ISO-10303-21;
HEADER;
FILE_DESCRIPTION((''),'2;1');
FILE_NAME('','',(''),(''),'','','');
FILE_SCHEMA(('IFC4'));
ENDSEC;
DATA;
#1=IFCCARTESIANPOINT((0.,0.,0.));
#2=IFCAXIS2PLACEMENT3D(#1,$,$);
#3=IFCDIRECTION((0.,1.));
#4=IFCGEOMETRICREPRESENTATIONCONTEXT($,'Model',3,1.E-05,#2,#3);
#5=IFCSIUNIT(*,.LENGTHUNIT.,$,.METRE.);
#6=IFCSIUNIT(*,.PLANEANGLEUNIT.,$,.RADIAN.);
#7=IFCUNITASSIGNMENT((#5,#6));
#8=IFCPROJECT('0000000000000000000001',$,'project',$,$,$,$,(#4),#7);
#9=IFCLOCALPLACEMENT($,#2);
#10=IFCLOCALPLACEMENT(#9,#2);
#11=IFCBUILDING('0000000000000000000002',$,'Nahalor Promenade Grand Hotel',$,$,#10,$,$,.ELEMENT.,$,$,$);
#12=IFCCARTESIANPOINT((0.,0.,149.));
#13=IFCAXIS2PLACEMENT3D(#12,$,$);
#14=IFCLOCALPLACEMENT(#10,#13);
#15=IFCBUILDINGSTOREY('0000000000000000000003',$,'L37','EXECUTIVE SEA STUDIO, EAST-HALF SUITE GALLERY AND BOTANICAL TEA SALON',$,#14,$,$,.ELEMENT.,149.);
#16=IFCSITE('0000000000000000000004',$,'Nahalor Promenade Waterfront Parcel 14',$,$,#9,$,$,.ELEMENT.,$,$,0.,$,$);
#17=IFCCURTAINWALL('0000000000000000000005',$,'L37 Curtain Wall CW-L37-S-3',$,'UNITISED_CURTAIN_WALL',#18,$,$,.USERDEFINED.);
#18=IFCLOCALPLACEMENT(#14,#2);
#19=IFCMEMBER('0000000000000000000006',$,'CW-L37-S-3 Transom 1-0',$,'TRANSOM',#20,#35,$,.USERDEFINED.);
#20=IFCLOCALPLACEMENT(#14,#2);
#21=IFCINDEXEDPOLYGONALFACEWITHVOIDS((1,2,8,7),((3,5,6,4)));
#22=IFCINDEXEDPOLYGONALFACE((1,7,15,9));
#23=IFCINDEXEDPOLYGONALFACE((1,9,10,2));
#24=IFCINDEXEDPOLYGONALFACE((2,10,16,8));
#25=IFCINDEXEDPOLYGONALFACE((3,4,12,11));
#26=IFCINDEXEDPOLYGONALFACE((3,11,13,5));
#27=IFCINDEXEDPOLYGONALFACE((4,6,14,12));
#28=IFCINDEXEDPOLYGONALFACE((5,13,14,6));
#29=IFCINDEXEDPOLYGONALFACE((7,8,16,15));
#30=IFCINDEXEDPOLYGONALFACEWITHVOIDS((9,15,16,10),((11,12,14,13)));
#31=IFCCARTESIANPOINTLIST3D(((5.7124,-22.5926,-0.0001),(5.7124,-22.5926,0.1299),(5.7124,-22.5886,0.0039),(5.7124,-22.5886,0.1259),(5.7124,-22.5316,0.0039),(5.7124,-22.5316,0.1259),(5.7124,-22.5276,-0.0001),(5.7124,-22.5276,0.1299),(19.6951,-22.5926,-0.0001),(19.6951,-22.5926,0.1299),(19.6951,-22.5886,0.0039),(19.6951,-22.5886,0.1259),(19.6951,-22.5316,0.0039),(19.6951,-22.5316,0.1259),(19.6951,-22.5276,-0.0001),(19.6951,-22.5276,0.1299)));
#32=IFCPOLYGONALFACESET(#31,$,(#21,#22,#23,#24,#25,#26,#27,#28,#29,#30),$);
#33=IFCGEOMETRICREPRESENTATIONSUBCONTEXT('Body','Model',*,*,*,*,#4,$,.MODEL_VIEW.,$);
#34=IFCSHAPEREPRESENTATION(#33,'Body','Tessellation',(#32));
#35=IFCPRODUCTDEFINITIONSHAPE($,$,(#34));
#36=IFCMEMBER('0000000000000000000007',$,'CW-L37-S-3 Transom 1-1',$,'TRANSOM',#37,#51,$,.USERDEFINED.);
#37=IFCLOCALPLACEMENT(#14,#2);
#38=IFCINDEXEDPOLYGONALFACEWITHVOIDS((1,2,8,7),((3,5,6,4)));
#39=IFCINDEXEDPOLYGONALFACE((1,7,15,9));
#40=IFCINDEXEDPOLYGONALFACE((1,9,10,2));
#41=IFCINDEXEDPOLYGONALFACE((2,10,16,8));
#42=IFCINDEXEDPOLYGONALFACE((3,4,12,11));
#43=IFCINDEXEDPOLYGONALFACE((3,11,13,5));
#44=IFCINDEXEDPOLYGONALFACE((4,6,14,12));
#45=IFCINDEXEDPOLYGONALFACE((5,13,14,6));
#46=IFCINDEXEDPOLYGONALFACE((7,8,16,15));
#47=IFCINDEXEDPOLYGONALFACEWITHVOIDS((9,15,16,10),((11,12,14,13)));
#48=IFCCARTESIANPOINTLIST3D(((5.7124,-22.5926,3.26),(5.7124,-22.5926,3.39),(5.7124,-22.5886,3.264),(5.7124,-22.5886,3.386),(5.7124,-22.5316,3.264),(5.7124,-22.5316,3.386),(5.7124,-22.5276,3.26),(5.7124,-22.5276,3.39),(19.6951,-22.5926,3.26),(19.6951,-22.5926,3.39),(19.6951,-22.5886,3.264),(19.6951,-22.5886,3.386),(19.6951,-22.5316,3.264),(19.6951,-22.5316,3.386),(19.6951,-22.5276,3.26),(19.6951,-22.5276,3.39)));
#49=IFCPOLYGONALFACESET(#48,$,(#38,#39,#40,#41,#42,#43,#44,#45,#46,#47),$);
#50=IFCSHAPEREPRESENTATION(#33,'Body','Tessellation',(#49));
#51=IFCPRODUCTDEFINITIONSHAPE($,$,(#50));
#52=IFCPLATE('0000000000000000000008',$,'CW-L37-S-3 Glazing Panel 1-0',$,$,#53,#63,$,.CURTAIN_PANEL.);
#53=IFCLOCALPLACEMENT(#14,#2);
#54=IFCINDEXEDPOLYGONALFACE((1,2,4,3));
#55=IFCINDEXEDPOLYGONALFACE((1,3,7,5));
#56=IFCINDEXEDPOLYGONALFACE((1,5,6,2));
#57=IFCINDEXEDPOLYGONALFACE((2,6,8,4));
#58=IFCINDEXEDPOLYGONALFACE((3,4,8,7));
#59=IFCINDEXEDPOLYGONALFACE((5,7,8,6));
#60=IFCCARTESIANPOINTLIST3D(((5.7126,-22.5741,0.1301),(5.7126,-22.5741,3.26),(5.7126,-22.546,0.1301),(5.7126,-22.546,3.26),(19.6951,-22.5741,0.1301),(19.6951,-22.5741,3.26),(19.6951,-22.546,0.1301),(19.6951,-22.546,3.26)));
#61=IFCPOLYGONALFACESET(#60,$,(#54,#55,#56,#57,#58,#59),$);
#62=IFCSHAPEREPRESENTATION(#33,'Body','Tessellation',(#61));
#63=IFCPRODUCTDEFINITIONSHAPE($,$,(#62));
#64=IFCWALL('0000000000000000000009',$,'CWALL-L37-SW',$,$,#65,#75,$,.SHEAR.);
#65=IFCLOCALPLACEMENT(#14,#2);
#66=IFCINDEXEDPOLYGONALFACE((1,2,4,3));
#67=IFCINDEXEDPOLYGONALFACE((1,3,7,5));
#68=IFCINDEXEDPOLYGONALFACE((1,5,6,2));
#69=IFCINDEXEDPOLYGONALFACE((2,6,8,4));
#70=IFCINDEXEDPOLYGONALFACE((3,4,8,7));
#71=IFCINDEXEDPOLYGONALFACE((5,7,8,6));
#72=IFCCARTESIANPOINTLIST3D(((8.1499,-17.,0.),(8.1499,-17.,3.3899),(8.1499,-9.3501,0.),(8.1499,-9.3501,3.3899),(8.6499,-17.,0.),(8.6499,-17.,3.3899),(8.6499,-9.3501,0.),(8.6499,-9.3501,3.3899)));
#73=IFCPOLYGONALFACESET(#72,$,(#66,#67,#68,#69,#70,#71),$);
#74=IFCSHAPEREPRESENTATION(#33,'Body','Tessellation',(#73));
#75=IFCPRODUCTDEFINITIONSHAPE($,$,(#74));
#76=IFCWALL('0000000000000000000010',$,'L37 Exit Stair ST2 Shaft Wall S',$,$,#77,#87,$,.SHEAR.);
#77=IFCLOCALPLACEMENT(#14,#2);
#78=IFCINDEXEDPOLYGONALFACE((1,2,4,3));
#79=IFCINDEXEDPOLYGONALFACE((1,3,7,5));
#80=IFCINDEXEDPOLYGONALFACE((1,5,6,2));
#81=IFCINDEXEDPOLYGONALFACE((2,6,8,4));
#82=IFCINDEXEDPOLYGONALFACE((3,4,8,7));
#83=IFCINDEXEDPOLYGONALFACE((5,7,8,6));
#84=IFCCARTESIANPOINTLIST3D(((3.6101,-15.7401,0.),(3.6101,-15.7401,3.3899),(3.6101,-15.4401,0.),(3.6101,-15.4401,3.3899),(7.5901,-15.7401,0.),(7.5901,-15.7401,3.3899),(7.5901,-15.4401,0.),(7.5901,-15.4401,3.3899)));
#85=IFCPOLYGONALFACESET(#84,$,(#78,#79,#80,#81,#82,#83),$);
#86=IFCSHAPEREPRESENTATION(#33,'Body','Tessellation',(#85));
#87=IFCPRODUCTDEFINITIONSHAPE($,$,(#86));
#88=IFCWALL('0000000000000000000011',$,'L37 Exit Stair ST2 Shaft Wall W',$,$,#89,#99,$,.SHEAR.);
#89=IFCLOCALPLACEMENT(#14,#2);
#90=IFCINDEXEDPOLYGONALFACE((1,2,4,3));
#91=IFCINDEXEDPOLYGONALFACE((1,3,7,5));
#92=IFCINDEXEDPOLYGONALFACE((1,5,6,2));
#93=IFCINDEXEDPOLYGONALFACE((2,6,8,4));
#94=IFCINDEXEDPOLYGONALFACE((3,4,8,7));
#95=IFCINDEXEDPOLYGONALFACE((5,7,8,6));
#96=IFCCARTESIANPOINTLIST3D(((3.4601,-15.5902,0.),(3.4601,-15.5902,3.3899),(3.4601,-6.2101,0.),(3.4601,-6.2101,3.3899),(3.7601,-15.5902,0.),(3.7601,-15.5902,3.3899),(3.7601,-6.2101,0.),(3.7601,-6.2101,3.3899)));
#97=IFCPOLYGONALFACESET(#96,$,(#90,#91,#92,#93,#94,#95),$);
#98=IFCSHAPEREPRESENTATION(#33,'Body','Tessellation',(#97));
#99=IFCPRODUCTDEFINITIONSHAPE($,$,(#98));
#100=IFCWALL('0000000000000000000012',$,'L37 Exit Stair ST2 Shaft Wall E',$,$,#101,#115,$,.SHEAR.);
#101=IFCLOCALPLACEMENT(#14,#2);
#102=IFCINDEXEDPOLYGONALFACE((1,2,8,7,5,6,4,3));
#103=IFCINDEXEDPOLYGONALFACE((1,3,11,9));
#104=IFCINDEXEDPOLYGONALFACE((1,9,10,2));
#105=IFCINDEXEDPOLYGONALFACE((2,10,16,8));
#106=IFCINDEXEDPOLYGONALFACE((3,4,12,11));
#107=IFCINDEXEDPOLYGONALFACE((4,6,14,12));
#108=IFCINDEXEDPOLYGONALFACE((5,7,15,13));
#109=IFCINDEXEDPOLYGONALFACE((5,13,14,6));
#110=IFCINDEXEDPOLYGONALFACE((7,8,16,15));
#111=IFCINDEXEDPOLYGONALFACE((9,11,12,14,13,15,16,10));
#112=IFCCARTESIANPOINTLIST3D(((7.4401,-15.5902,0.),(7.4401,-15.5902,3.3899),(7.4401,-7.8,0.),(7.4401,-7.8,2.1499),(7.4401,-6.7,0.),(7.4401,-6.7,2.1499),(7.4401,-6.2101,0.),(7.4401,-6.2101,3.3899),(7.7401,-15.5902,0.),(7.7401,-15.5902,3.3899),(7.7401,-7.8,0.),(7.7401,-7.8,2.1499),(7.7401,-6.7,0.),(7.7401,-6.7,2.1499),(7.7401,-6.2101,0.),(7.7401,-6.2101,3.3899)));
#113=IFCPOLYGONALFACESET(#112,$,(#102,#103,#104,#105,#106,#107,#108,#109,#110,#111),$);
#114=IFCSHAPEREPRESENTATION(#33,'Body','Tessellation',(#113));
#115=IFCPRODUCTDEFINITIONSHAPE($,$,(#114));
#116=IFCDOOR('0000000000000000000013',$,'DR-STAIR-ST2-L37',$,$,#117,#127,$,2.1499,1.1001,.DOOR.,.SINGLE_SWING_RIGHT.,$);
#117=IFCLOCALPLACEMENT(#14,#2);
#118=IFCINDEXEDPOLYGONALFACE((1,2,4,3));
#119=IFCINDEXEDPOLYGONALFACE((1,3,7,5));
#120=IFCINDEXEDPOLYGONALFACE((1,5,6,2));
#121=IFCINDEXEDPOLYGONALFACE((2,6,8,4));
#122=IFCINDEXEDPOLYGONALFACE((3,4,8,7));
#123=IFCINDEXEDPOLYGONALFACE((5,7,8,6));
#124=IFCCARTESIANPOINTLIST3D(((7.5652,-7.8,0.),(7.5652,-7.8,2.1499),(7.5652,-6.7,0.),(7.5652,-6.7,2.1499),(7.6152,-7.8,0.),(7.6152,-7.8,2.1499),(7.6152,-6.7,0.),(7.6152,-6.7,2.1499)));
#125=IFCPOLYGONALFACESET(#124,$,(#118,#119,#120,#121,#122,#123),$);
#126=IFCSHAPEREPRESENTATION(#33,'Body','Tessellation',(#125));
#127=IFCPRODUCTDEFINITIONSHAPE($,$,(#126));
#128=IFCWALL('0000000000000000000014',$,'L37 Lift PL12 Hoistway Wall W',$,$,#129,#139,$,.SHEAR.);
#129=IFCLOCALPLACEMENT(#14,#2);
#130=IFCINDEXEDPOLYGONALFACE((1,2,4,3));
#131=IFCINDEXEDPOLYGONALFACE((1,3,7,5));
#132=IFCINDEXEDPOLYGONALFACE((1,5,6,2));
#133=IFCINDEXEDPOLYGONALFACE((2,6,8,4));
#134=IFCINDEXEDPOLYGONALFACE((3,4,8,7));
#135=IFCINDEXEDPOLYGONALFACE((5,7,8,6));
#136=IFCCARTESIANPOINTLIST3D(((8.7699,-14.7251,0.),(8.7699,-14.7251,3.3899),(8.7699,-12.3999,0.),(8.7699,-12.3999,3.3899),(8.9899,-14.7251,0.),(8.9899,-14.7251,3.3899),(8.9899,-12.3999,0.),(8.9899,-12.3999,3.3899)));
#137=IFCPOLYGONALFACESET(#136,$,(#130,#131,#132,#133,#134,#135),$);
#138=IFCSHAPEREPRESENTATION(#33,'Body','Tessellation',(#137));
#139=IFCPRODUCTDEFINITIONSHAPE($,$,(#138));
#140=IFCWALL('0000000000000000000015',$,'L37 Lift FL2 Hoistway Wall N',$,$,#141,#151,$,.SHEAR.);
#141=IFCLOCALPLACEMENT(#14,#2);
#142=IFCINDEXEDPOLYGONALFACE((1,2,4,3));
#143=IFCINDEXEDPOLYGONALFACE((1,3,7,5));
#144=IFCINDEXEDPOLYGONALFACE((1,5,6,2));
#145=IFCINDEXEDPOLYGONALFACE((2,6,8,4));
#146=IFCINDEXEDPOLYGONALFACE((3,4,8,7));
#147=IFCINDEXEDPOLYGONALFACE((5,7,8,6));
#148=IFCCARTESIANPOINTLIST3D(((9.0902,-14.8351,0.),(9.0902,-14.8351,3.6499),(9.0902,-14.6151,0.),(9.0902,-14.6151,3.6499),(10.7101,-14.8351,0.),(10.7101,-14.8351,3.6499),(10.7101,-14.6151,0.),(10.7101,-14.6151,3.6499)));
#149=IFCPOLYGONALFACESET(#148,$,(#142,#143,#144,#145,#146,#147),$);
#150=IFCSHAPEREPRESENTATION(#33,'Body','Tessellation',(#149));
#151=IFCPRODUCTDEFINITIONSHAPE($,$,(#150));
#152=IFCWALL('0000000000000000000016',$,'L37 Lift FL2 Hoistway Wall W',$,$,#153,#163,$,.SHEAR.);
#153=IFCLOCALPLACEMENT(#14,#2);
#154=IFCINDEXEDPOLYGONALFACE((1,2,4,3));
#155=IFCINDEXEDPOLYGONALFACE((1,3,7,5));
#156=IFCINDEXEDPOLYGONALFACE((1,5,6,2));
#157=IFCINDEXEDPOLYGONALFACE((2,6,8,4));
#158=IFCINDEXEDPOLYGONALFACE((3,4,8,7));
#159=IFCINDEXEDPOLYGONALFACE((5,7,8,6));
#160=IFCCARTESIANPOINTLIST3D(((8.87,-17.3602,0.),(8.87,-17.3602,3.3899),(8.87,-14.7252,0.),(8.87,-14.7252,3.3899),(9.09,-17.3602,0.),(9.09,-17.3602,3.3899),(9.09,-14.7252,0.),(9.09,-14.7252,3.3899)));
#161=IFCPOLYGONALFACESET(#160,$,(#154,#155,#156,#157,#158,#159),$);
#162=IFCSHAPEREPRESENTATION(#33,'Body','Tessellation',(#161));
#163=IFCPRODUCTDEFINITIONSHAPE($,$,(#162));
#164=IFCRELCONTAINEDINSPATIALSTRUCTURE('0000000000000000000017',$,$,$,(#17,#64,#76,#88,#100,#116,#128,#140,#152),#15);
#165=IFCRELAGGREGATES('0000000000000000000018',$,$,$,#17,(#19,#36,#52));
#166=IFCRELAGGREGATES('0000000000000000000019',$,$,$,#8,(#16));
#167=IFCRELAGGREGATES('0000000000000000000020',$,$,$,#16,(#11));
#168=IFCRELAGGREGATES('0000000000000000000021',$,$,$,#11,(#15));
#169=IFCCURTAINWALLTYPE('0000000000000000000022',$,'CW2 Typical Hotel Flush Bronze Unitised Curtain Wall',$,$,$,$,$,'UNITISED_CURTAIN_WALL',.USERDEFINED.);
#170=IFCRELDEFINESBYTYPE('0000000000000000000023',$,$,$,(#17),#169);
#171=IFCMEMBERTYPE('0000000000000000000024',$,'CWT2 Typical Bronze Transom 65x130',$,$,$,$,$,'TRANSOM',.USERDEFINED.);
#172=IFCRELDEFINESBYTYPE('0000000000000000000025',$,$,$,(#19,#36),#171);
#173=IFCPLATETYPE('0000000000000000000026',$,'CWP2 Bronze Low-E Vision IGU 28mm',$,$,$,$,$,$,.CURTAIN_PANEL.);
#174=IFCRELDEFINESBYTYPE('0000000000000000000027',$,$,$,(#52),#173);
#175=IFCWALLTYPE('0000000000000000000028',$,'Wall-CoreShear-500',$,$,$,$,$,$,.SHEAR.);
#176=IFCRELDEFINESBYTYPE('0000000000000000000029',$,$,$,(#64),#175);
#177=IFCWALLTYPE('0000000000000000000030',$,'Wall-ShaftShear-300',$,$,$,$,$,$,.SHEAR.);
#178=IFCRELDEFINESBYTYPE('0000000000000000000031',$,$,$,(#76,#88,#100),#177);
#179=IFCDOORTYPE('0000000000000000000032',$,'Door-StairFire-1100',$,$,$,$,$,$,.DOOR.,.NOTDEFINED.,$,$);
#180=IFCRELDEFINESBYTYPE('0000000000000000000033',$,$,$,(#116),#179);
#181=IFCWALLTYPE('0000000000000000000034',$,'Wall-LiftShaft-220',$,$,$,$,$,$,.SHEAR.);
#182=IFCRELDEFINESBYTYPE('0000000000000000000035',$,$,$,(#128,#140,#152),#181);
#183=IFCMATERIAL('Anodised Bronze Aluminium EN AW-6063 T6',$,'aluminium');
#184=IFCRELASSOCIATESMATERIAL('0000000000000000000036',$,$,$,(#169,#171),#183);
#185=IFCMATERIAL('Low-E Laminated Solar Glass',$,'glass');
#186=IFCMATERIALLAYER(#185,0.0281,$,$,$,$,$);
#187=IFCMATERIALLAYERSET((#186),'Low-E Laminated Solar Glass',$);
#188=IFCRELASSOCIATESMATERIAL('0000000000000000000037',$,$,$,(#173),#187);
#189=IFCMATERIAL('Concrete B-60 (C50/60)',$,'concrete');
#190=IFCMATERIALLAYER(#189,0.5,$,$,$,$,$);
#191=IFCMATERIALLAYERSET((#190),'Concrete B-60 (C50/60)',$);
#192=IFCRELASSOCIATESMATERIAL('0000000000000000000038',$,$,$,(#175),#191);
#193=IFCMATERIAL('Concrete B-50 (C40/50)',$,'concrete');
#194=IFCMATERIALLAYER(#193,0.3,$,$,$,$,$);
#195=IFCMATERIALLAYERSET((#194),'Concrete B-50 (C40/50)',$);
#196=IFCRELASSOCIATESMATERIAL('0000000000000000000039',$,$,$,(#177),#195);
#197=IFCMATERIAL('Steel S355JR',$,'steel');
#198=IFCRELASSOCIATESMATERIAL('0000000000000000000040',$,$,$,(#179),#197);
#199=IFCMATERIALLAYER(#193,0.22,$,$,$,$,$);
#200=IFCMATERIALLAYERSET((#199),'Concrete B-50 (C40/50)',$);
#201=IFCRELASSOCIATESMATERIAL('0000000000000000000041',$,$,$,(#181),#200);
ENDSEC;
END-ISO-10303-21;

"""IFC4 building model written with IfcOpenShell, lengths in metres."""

from ifc_helpers import new_model, si_unit, direction, frame, frame_2d, origin, origin_2d, place, context, subcontext, project, spatial, rectangle, hollow_rectangle, extrude, source, transform, mapped, material, layer, layer_set, material_profile, profile_set, type_object, element, fill, aggregate, save


model = new_model("IFC4")

# Units and contexts
model_context = context("Model", 3, precision=1e-05, world=origin(), true_north=direction((0.0, 1.0)))
body_context = subcontext(model_context, "Body", "Model", "MODEL_VIEW")
ifc_project = project(units=[si_unit("LENGTHUNIT", "METRE"), si_unit("PLANEANGLEUNIT", "RADIAN")], contexts=[model_context])

# Site, building, storey
site_placement = place(None, origin())
site = spatial("IfcSite", under=ifc_project, at=site_placement, Name="Nahalor Promenade Waterfront Parcel 14", CompositionType="ELEMENT", RefElevation=0.0)
building_placement = place(site_placement, origin())
building = spatial("IfcBuilding", under=site, at=building_placement, Name="Nahalor Promenade Grand Hotel", CompositionType="ELEMENT")
storey_placement = place(building_placement, frame((0.0, 0.0, 149.0)))
storey = spatial("IfcBuildingStorey", under=building, at=storey_placement, Name="L37", Description="EXECUTIVE SEA STUDIO, EAST-HALF SUITE GALLERY AND BOTANICAL TEA SALON", CompositionType="ELEMENT", Elevation=149.0)

# Shared definitions
ifc_material_1 = material(Name="Concrete B-60 (C50/60)", Category="concrete")

# Shared definitions
ifc_material_2 = material(Name="Steel S355JR", Category="steel")

# Curtain wall, members, plate
ifc_material_3 = material(Name="Anodised Bronze Aluminium EN AW-6063 T6", Category="aluminium")
curtain_wall_type = type_object("IfcCurtainWallType", Name="CW2 Typical Hotel Flush Bronze Unitised Curtain Wall", ElementType="UNITISED_CURTAIN_WALL", PredefinedType="USERDEFINED", material=ifc_material_3)
curtain_wall_placement = place(storey_placement, origin())
curtain_wall = element("IfcCurtainWall", 1, at=curtain_wall_placement, inside=storey, type_object=curtain_wall_type, Name="L37 Curtain Wall CW-L37-S-3", ObjectType="UNITISED_CURTAIN_WALL", PredefinedType="USERDEFINED")
ifc_material_profile_1 = material_profile(ifc_material_3, hollow_rectangle(XDim=0.065, YDim=0.13, WallThickness=0.004, at=origin_2d()), Name="CWT 65x130x4")
ifc_profile_set_1 = profile_set([ifc_material_profile_1], Name="Anodised Bronze Aluminium EN AW-6063 T6")
member_type_1 = type_object("IfcMemberType", Name="CWT2 Typical Bronze Transom 65x130", ElementType="TRANSOM", PredefinedType="USERDEFINED", material=ifc_profile_set_1)
shared_shape_1 = source(origin(), body_context, "Body", "SweptSolid", [
    extrude(hollow_rectangle(XDim=0.065, YDim=0.13, WallThickness=0.004, at=origin_2d()), origin(), (0.0, 0.0, 1.0), 13.9827),
])
member_1_placement = place(storey_placement, frame((5.7124, -22.5601, 0.0649), z_axis=(1.0, 0.0, 0.0), x_axis=(0.0, 1.0, 0.0)))
member_1 = element("IfcMember", 2, at=member_1_placement, type_object=member_type_1, Name="CW-L37-S-3 Transom 1-0", ObjectType="TRANSOM", PredefinedType="USERDEFINED", context=body_context, shape_type="MappedRepresentation", body=[
    mapped(shared_shape_1, transform((0.0, 0.0, 0.0), scale=1.0)),
])
member_2_placement = place(storey_placement, frame((5.7124, -22.5601, 3.325), z_axis=(1.0, 0.0, 0.0), x_axis=(0.0, 1.0, 0.0)))
member_2 = element("IfcMember", 3, at=member_2_placement, type_object=member_type_1, Name="CW-L37-S-3 Transom 1-1", ObjectType="TRANSOM", PredefinedType="USERDEFINED", context=body_context, shape_type="MappedRepresentation", body=[
    mapped(shared_shape_1, transform((0.0, 0.0, 0.0), scale=1.0)),
])
ifc_material_4 = material(Name="Low-E Laminated Solar Glass", Category="glass")
ifc_layer_1 = layer(ifc_material_4, 0.0281)
ifc_layer_set_1 = layer_set([ifc_layer_1], Name="Low-E Laminated Solar Glass")
plate_type = type_object("IfcPlateType", Name="CWP2 Bronze Low-E Vision IGU 28mm", PredefinedType="CURTAIN_PANEL", material=ifc_layer_set_1)
shared_shape_2 = source(origin(), body_context, "Body", "SweptSolid", [
    extrude(rectangle(XDim=13.9824, YDim=0.0281, at=origin_2d()), origin(), (0.0, 0.0, 1.0), 3.1299),
])
plate_placement = place(storey_placement, frame((12.7039, -22.5601, 0.1301), z_axis=(0.0, 0.0, 1.0), x_axis=(1.0, 0.0, 0.0)))
plate = element("IfcPlate", 4, at=plate_placement, type_object=plate_type, Name="CW-L37-S-3 Glazing Panel 1-0", PredefinedType="CURTAIN_PANEL", context=body_context, shape_type="MappedRepresentation", body=[
    mapped(shared_shape_2, transform((0.0, 0.0, 0.0), scale=1.0)),
])
aggregate(curtain_wall, [member_1, member_2, plate])

# Walls
ifc_layer_2 = layer(ifc_material_1, 0.5)
ifc_layer_set_2 = layer_set([ifc_layer_2], Name="Concrete B-60 (C50/60)")
wall_type_1 = type_object("IfcWallType", Name="Wall-CoreShear-500", PredefinedType="SHEAR", material=ifc_layer_set_2)
shared_shape_3 = source(origin(), body_context, "Body", "SweptSolid", [
    extrude(rectangle(XDim=7.6499, YDim=0.5, at=frame_2d((3.825, 0.0))), origin(), (0.0, 0.0, 1.0), 3.3899),
])
wall_1_placement = place(storey_placement, frame((8.3999, -17.0, 0.0), z_axis=(0.0, 0.0, 1.0), x_axis=(0.0, 1.0, 0.0)))
element("IfcWall", 5, at=wall_1_placement, inside=storey, type_object=wall_type_1, Name="CWALL-L37-SW", PredefinedType="SHEAR", context=body_context, shape_type="MappedRepresentation", body=[
    mapped(shared_shape_3, transform((0.0, 0.0, 0.0), scale=1.0)),
])
ifc_material_5 = material(Name="Concrete B-50 (C40/50)", Category="concrete")
ifc_layer_3 = layer(ifc_material_5, 0.3)
ifc_layer_set_3 = layer_set([ifc_layer_3], Name="Concrete B-50 (C40/50)")
wall_type_2 = type_object("IfcWallType", Name="Wall-ShaftShear-300", PredefinedType="SHEAR", material=ifc_layer_set_3)
shared_shape_4 = source(origin(), body_context, "Body", "SweptSolid", [
    extrude(rectangle(XDim=3.98, YDim=0.3, at=frame_2d((1.99, 0.0))), origin(), (0.0, 0.0, 1.0), 3.3899),
])
wall_2_placement = place(storey_placement, frame((3.6101, -15.5901, 0.0), z_axis=(0.0, 0.0, 1.0), x_axis=(1.0, 0.0, 0.0)))
element("IfcWall", 6, at=wall_2_placement, inside=storey, type_object=wall_type_2, Name="L37 Exit Stair ST2 Shaft Wall S", PredefinedType="SHEAR", context=body_context, shape_type="MappedRepresentation", body=[
    mapped(shared_shape_4, transform((0.0, 0.0, 0.0), scale=1.0)),
])
shared_shape_5 = source(origin(), body_context, "Body", "SweptSolid", [
    extrude(rectangle(XDim=9.3801, YDim=0.3, at=frame_2d((4.6899, 0.0))), origin(), (0.0, 0.0, 1.0), 3.3899),
])
wall_3_placement = place(storey_placement, frame((3.6101, -15.5901, 0.0), z_axis=(0.0, 0.0, 1.0), x_axis=(0.0, 1.0, 0.0)))
element("IfcWall", 7, at=wall_3_placement, inside=storey, type_object=wall_type_2, Name="L37 Exit Stair ST2 Shaft Wall W", PredefinedType="SHEAR", context=body_context, shape_type="MappedRepresentation", body=[
    mapped(shared_shape_5, transform((0.0, 0.0, 0.0), scale=1.0)),
])

# Wall, opening, door
wall_4_placement = place(storey_placement, frame((7.5901, -15.5901, 0.0), z_axis=(0.0, 0.0, 1.0), x_axis=(0.0, 1.0, 0.0)))
wall_4 = element("IfcWall", 8, at=wall_4_placement, inside=storey, type_object=wall_type_2, Name="L37 Exit Stair ST2 Shaft Wall E", PredefinedType="SHEAR", context=body_context, shape_type="MappedRepresentation", body=[
    mapped(shared_shape_5, transform((0.0, 0.0, 0.0), scale=1.0)),
])
opening_1_placement = place(wall_4_placement, frame((7.79, 0.0, 0.0)))
opening_1 = element("IfcOpeningElement", 9, at=opening_1_placement, cuts=wall_4, PredefinedType="OPENING", context=body_context, shape_type="SweptSolid", body=[
    extrude(rectangle(XDim=1.1001, YDim=2.1499, at=frame_2d((0.55, 1.075))), frame((0.0, 0.1599, 0.0), z_axis=(0.0, -1.0, 0.0), x_axis=(1.0, 0.0, 0.0)), (0.0, 0.0, 1.0), 0.3201),
])
door_type_1 = type_object("IfcDoorType", Name="Door-StairFire-1100", OperationType="NOTDEFINED", PredefinedType="DOOR", material=ifc_material_2)
shared_shape_6 = source(origin(), body_context, "Body", "SweptSolid", [
    extrude(rectangle(XDim=1.1001, YDim=2.1499, at=frame_2d((0.55, 1.075))), frame((0.0, 0.0249, 0.0), z_axis=(0.0, -1.0, 0.0), x_axis=(1.0, 0.0, 0.0)), (0.0, 0.0, 1.0), 0.05),
])
door_1_placement = place(opening_1_placement, origin())
door_1 = element("IfcDoor", 10, at=door_1_placement, inside=storey, type_object=door_type_1, Name="DR-STAIR-ST2-L37", OperationType="SINGLE_SWING_RIGHT", OverallHeight=2.1499, OverallWidth=1.1001, PredefinedType="DOOR", context=body_context, shape_type="MappedRepresentation", body=[
    mapped(shared_shape_6, transform((0.0, 0.0, 0.0), scale=1.0)),
])
fill(opening_1, door_1)

# Walls
ifc_layer_4 = layer(ifc_material_5, 0.22)
ifc_layer_set_4 = layer_set([ifc_layer_4], Name="Concrete B-50 (C40/50)")
wall_type_3 = type_object("IfcWallType", Name="Wall-LiftShaft-220", PredefinedType="SHEAR", material=ifc_layer_set_4)
shared_shape_7 = source(origin(), body_context, "Body", "SweptSolid", [
    extrude(rectangle(XDim=2.3252, YDim=0.22, at=frame_2d((1.1626, 0.0))), origin(), (0.0, 0.0, 1.0), 3.3899),
])
wall_5_placement = place(storey_placement, frame((8.8799, -14.7251, 0.0), z_axis=(0.0, 0.0, 1.0), x_axis=(0.0, 1.0, 0.0)))
element("IfcWall", 11, at=wall_5_placement, inside=storey, type_object=wall_type_3, Name="L37 Lift PL12 Hoistway Wall W", PredefinedType="SHEAR", context=body_context, shape_type="MappedRepresentation", body=[
    mapped(shared_shape_7, transform((0.0, 0.0, 0.0), scale=1.0)),
])
shared_shape_8 = source(origin(), body_context, "Body", "SweptSolid", [
    extrude(rectangle(XDim=1.6199, YDim=0.22, at=frame_2d((0.8101, 0.0))), origin(), (0.0, 0.0, 1.0), 3.6499),
])
wall_6_placement = place(storey_placement, frame((9.0901, -14.7251, 0.0), z_axis=(0.0, 0.0, 1.0), x_axis=(1.0, 0.0, 0.0)))
element("IfcWall", 12, at=wall_6_placement, inside=storey, type_object=wall_type_3, Name="L37 Lift FL2 Hoistway Wall N", PredefinedType="SHEAR", context=body_context, shape_type="MappedRepresentation", body=[
    mapped(shared_shape_8, transform((0.0, 0.0, 0.0), scale=1.0)),
])
shared_shape_9 = source(origin(), body_context, "Body", "SweptSolid", [
    extrude(rectangle(XDim=2.635, YDim=0.22, at=frame_2d((1.3174, 0.0))), origin(), (0.0, 0.0, 1.0), 3.3899),
])
wall_7_placement = place(storey_placement, frame((8.98, -17.3601, 0.0), z_axis=(0.0, 0.0, 1.0), x_axis=(0.0, 1.0, 0.0)))
element("IfcWall", 13, at=wall_7_placement, inside=storey, type_object=wall_type_3, Name="L37 Lift FL2 Hoistway Wall W", PredefinedType="SHEAR", context=body_context, shape_type="MappedRepresentation", body=[
    mapped(shared_shape_9, transform((0.0, 0.0, 0.0), scale=1.0)),
])

save(model, "model.ifc")
